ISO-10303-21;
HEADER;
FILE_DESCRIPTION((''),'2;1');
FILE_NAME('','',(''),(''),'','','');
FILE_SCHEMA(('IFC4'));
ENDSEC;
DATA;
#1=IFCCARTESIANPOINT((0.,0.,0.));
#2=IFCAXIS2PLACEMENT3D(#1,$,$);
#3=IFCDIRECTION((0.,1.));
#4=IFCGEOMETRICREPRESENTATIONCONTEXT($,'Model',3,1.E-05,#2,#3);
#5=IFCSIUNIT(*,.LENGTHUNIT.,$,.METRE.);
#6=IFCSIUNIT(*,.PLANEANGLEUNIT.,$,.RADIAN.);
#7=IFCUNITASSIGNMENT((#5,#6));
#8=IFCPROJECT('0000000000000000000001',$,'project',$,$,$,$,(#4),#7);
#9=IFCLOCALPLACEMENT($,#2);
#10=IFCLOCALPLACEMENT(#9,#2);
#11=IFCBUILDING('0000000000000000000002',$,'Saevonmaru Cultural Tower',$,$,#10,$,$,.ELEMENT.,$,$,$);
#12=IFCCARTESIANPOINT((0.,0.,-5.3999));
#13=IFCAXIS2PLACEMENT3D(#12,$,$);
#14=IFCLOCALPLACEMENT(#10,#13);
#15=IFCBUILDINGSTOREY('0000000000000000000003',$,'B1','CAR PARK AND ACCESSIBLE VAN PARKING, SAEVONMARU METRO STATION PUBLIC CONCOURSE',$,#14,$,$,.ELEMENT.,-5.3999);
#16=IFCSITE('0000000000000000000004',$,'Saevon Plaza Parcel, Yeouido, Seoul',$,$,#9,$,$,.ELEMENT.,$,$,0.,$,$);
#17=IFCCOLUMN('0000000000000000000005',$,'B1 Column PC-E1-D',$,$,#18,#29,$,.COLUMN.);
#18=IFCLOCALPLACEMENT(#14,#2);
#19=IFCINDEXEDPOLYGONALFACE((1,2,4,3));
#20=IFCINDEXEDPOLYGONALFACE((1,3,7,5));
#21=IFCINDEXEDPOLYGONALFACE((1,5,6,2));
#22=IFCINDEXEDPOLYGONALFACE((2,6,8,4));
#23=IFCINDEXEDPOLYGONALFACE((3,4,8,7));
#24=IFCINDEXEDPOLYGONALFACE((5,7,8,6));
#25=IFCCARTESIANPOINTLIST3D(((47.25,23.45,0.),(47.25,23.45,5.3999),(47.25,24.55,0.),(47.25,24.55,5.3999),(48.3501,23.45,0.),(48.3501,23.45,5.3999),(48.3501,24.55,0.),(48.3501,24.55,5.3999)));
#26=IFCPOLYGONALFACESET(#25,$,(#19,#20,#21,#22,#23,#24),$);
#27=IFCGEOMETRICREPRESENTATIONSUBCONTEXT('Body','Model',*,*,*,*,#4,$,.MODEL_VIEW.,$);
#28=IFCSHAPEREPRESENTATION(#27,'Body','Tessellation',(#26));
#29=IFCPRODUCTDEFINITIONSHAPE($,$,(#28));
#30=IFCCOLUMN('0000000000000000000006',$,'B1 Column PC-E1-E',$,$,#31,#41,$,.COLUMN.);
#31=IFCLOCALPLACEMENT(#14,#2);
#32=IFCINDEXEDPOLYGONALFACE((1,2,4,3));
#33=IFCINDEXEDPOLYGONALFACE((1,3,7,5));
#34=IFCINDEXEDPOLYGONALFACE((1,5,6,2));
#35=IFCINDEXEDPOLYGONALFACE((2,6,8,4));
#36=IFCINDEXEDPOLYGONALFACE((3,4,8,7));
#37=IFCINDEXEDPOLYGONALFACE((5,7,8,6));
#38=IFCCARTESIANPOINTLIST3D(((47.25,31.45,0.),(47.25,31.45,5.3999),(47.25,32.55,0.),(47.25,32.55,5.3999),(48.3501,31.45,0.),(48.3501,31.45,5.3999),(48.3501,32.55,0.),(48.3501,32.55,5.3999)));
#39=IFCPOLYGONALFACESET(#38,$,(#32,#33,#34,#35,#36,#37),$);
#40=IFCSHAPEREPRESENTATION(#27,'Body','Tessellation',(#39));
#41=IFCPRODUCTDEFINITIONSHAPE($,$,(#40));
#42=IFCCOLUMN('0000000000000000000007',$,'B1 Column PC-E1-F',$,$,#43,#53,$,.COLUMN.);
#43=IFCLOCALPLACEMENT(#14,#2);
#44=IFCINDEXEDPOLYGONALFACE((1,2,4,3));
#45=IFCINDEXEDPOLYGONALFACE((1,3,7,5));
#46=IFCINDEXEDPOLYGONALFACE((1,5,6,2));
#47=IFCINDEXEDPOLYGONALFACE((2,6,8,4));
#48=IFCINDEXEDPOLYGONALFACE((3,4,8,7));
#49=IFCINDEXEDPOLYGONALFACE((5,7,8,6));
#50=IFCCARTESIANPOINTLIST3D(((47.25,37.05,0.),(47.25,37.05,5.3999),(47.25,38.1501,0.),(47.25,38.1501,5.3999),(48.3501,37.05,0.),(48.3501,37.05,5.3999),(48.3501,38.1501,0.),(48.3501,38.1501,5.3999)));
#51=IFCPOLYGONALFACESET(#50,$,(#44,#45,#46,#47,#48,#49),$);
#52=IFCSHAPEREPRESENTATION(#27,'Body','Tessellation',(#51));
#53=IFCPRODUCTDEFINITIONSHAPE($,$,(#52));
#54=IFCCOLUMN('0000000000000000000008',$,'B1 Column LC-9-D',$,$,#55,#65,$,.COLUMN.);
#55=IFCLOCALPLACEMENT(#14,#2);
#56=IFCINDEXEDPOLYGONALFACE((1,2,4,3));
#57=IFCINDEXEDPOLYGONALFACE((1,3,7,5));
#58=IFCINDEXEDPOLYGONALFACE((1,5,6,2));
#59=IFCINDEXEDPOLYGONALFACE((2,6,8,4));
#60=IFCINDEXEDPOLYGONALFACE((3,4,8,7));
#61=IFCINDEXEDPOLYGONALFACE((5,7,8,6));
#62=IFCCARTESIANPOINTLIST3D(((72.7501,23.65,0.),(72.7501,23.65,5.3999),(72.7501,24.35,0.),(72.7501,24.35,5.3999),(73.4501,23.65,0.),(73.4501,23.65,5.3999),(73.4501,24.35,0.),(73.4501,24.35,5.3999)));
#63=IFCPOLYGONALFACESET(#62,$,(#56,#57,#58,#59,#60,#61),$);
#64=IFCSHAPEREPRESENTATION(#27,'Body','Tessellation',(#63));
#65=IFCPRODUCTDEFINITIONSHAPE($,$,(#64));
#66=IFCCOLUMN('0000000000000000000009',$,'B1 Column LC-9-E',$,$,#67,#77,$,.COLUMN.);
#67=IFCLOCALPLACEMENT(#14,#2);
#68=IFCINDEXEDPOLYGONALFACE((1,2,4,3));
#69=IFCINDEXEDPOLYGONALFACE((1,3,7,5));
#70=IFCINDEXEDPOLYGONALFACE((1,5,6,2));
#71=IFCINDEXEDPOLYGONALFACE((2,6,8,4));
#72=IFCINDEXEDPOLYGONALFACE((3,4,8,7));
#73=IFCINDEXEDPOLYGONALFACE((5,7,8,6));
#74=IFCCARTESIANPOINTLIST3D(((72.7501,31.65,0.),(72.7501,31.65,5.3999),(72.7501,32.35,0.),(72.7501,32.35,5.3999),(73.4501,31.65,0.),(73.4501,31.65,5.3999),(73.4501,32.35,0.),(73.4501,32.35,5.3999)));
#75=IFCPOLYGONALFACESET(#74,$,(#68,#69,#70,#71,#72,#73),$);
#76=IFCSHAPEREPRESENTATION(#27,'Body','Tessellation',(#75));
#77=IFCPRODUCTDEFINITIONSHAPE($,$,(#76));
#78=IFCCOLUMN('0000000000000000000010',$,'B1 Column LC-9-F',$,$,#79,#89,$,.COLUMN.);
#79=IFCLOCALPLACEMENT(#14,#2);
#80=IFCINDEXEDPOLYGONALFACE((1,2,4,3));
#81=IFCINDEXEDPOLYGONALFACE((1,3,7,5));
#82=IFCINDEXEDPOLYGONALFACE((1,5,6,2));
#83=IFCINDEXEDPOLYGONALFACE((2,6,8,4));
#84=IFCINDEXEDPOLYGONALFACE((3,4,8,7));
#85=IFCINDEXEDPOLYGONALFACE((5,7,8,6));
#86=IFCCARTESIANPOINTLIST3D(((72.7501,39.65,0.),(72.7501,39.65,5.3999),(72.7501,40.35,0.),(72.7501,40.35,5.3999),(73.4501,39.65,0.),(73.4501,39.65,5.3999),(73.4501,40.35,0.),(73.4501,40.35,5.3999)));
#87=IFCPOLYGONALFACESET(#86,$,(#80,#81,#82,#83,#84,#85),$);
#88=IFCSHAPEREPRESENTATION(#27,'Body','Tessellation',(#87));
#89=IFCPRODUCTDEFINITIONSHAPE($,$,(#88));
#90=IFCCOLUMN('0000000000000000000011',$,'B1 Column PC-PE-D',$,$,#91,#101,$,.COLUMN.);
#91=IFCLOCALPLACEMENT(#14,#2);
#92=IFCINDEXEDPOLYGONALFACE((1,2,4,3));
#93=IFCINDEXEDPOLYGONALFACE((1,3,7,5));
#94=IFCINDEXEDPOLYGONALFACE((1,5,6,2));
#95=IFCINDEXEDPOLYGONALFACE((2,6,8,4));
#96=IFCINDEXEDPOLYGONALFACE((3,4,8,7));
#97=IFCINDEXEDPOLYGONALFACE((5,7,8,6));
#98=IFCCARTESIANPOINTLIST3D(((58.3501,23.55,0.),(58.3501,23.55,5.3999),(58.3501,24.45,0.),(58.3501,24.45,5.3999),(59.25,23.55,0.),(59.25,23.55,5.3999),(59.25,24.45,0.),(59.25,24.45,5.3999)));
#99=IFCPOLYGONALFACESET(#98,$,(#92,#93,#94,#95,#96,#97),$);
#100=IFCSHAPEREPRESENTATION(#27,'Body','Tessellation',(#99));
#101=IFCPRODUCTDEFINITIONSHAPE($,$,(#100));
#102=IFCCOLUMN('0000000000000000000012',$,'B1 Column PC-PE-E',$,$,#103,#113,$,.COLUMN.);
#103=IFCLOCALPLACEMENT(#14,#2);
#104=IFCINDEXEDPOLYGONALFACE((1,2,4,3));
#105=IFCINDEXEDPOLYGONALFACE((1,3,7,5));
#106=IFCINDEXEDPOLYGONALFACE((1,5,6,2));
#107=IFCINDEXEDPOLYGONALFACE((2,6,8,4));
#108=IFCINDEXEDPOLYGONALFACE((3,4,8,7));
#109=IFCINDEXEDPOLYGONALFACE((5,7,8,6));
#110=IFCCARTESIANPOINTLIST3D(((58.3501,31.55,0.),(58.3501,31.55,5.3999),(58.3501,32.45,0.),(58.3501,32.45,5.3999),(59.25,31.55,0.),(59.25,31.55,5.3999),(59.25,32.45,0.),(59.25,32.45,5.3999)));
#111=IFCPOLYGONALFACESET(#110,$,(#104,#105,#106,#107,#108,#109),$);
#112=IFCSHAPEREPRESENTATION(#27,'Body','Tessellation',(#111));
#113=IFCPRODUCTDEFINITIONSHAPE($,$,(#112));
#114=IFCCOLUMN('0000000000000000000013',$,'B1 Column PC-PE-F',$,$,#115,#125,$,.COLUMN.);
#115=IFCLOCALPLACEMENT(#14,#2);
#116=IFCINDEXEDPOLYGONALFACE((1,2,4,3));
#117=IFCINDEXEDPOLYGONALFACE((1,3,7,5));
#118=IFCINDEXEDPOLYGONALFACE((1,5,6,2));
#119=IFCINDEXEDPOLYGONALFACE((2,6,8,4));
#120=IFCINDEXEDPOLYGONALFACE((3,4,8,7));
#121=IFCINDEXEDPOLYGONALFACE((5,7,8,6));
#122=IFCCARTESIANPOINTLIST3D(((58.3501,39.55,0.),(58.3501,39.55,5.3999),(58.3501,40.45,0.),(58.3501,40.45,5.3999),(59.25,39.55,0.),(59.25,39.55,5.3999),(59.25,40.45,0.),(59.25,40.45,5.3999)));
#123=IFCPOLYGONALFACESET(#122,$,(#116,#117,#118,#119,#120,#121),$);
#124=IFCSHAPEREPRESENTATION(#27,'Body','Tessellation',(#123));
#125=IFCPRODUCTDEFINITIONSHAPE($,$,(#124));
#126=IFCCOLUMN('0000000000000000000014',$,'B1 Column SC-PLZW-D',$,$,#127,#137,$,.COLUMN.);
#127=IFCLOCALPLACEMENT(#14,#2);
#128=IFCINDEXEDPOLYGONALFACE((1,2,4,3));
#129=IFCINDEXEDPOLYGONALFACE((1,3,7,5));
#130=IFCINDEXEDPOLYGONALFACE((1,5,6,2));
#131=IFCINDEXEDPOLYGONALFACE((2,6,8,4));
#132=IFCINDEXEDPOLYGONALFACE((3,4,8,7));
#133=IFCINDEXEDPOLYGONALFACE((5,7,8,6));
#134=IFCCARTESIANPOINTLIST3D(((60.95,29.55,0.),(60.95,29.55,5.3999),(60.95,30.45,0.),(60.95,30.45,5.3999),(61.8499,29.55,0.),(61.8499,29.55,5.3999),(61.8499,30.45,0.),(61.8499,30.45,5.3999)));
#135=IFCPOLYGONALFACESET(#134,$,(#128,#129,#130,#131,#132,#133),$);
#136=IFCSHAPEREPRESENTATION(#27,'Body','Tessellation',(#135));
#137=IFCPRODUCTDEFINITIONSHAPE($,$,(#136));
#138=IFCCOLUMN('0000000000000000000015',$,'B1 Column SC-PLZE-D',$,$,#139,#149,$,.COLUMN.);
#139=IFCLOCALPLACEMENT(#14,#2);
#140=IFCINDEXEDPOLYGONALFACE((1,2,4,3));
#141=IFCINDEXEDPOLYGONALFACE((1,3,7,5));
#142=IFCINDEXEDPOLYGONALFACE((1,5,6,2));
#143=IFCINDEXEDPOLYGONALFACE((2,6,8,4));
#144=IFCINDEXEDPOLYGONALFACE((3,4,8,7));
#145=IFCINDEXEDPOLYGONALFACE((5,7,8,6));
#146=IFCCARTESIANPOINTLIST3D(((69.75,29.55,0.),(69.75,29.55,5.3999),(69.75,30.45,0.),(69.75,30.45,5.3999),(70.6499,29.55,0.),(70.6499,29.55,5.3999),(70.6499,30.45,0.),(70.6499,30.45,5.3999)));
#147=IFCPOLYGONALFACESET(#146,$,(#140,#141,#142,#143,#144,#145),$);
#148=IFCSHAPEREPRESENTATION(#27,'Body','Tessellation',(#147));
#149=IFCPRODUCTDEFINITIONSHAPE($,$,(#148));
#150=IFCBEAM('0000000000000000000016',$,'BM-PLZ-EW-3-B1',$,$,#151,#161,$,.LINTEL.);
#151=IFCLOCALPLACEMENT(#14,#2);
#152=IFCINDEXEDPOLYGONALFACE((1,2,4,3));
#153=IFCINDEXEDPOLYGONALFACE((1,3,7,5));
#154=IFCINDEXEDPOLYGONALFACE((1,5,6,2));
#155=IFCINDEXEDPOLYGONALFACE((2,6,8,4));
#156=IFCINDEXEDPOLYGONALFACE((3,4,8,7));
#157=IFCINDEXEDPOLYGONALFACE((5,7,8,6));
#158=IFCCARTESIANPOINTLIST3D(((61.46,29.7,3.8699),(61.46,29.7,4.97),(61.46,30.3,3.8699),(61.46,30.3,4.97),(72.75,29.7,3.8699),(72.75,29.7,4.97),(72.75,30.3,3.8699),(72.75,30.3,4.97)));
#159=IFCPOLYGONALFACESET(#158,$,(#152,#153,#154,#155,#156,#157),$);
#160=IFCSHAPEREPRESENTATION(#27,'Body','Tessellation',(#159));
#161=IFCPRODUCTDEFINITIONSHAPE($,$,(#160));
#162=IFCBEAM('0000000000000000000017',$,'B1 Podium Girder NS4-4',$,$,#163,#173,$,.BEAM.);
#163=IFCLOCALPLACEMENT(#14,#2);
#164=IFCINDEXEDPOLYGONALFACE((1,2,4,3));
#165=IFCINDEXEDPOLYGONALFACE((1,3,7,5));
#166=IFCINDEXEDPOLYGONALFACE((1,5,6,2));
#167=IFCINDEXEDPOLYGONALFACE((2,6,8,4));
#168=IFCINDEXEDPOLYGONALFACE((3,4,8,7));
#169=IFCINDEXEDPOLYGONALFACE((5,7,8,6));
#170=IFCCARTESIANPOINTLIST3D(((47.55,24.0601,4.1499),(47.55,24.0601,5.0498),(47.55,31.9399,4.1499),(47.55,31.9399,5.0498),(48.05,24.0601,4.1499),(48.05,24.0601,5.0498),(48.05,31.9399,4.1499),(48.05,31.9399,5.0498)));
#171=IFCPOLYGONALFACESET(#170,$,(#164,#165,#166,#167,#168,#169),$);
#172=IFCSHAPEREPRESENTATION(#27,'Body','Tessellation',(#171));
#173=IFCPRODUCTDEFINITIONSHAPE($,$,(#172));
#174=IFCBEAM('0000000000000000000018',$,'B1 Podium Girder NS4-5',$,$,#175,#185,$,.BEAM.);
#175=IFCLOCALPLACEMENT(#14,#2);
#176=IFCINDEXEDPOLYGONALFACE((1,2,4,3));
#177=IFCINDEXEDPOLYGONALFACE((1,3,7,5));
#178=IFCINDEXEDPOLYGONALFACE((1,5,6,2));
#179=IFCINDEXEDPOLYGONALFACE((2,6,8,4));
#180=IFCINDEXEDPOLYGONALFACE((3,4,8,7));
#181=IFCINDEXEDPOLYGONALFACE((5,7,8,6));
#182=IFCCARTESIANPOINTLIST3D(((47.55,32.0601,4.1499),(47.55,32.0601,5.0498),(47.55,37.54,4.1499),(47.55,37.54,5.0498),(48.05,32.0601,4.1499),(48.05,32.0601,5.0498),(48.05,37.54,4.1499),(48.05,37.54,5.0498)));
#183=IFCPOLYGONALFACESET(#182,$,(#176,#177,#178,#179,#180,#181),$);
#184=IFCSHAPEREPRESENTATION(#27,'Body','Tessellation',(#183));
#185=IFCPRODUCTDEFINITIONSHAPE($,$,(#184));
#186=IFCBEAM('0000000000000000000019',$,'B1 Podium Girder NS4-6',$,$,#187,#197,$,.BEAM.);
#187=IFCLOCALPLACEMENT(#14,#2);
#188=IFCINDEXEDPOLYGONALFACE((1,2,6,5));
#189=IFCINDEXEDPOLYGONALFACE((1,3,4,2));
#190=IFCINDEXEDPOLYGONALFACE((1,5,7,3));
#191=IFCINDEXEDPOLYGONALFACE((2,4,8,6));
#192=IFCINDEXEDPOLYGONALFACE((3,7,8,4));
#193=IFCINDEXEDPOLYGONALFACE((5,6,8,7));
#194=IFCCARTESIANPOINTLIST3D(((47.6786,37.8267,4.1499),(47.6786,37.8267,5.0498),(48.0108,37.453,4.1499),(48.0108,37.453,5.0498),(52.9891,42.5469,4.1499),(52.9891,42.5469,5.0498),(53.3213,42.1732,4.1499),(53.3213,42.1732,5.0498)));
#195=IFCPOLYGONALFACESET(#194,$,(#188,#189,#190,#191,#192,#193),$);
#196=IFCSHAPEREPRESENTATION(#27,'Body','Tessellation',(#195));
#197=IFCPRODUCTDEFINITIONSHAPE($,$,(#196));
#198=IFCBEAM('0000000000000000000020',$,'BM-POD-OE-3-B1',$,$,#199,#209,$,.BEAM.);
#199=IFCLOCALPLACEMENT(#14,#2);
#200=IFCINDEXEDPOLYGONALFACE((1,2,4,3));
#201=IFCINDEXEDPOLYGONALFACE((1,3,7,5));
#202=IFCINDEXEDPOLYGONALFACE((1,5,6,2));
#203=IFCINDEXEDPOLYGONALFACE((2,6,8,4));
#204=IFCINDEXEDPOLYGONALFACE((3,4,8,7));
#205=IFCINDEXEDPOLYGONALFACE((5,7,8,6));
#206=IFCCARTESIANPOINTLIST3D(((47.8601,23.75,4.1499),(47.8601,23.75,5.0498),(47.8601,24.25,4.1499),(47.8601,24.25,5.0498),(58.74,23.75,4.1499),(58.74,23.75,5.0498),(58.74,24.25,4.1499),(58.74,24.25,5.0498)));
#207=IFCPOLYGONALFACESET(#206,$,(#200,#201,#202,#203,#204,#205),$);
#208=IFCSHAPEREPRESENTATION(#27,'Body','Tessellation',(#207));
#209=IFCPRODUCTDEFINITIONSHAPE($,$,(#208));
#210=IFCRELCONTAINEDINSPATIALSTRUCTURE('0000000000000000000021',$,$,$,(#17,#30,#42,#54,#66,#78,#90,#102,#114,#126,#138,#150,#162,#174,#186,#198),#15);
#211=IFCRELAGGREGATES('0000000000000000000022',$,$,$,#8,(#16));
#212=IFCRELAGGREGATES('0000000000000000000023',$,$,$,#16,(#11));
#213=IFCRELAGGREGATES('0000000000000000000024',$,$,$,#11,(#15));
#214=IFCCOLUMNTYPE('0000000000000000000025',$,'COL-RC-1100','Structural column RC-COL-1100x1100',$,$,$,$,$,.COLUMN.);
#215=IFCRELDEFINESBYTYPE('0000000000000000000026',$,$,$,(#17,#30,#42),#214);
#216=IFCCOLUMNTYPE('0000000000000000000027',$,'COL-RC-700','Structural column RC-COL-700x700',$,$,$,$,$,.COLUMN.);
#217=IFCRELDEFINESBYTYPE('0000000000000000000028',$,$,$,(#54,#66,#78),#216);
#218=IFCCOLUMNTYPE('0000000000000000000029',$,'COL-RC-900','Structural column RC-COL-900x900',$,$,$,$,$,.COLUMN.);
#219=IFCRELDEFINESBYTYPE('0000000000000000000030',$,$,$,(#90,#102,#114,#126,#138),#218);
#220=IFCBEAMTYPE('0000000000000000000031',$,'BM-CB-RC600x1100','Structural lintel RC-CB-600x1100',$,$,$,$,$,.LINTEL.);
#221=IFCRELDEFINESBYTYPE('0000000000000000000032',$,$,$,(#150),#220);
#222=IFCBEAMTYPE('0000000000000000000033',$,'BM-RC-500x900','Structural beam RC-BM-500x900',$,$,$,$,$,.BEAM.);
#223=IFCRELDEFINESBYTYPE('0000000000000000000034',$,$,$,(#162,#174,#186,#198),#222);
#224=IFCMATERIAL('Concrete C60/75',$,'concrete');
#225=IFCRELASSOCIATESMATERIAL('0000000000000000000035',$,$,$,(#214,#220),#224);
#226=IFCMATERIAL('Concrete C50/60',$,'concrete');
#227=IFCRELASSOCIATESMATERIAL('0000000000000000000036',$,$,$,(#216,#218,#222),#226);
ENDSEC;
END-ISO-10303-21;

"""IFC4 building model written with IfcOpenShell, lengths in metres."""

from ifc_helpers import new_model, si_unit, direction, frame, origin, origin_2d, place, context, subcontext, project, spatial, rectangle, extrude, material, material_profile, profile_set, type_object, element, save


model = new_model("IFC4")

# Units and contexts
model_context = context("Model", 3, precision=1e-05, world=origin(), true_north=direction((0.0, 1.0)))
body_context = subcontext(model_context, "Body", "Model", "MODEL_VIEW")
ifc_project = project(units=[si_unit("LENGTHUNIT", "METRE"), si_unit("PLANEANGLEUNIT", "RADIAN")], contexts=[model_context])

# Site, building, storey
site_placement = place(None, origin())
site = spatial("IfcSite", under=ifc_project, at=site_placement, Name="Saevon Plaza Parcel, Yeouido, Seoul", CompositionType="ELEMENT", RefElevation=0.0)
building_placement = place(site_placement, origin())
building = spatial("IfcBuilding", under=site, at=building_placement, Name="Saevonmaru Cultural Tower", CompositionType="ELEMENT")
storey_placement = place(building_placement, frame((0.0, 0.0, -5.3999)))
storey = spatial("IfcBuildingStorey", under=building, at=storey_placement, Name="B1", Description="CAR PARK AND ACCESSIBLE VAN PARKING, SAEVONMARU METRO STATION PUBLIC CONCOURSE", CompositionType="ELEMENT", Elevation=-5.3999)

# Columns
ifc_material_1 = material(Name="Concrete C60/75", Category="concrete")
ifc_material_profile_1 = material_profile(ifc_material_1, rectangle(XDim=1.1001, YDim=1.1001, at=origin_2d()), Name="RC-COL-1100x1100")
ifc_profile_set_1 = profile_set([ifc_material_profile_1], Name="Concrete C60/75")
column_type_1 = type_object("IfcColumnType", Name="COL-RC-1100", Description="Structural column RC-COL-1100x1100", PredefinedType="COLUMN", material=ifc_profile_set_1)
for number, where, z_axis, x_axis, name in (
    (1, (47.8, 24.0, 0.0), (0.0, 0.0, 1.0), (1.0, 0.0, 0.0), "B1 Column PC-E1-D"),
    (2, (47.8, 32.0, 0.0), (0.0, 0.0, 1.0), (1.0, 0.0, 0.0), "B1 Column PC-E1-E"),
    (3, (47.8, 37.6001, 0.0), (0.0, 0.0, 1.0), (1.0, 0.0, 0.0), "B1 Column PC-E1-F"),
):
    element("IfcColumn", number, at=place(storey_placement, frame(where, z_axis=z_axis, x_axis=x_axis)), inside=storey, type_object=column_type_1, Name=name, PredefinedType="COLUMN", context=body_context, shape_type="SweptSolid", body=[
        extrude(rectangle(XDim=1.1001, YDim=1.1001, at=origin_2d()), origin(), (0.0, 0.0, 1.0), 5.3999),
    ])
ifc_material_2 = material(Name="Concrete C50/60", Category="concrete")
ifc_material_profile_2 = material_profile(ifc_material_2, rectangle(XDim=0.7, YDim=0.7, at=origin_2d()), Name="RC-COL-700x700")
ifc_profile_set_2 = profile_set([ifc_material_profile_2], Name="Concrete C50/60")
column_type_2 = type_object("IfcColumnType", Name="COL-RC-700", Description="Structural column RC-COL-700x700", PredefinedType="COLUMN", material=ifc_profile_set_2)
for number, where, z_axis, x_axis, name in (
    (4, (73.1001, 24.0, 0.0), (0.0, 0.0, 1.0), (1.0, 0.0, 0.0), "B1 Column LC-9-D"),
    (5, (73.1001, 32.0, 0.0), (0.0, 0.0, 1.0), (1.0, 0.0, 0.0), "B1 Column LC-9-E"),
    (6, (73.1001, 40.0, 0.0), (0.0, 0.0, 1.0), (1.0, 0.0, 0.0), "B1 Column LC-9-F"),
):
    element("IfcColumn", number, at=place(storey_placement, frame(where, z_axis=z_axis, x_axis=x_axis)), inside=storey, type_object=column_type_2, Name=name, PredefinedType="COLUMN", context=body_context, shape_type="SweptSolid", body=[
        extrude(rectangle(XDim=0.7, YDim=0.7, at=origin_2d()), origin(), (0.0, 0.0, 1.0), 5.3999),
    ])
ifc_material_profile_3 = material_profile(ifc_material_2, rectangle(XDim=0.8999, YDim=0.8999, at=origin_2d()), Name="RC-COL-900x900")
ifc_profile_set_3 = profile_set([ifc_material_profile_3], Name="Concrete C50/60")
column_type_3 = type_object("IfcColumnType", Name="COL-RC-900", Description="Structural column RC-COL-900x900", PredefinedType="COLUMN", material=ifc_profile_set_3)
for number, where, z_axis, x_axis, name in (
    (7, (58.8, 24.0, 0.0), (0.0, 0.0, 1.0), (1.0, 0.0, 0.0), "B1 Column PC-PE-D"),
    (8, (58.8, 32.0, 0.0), (0.0, 0.0, 1.0), (1.0, 0.0, 0.0), "B1 Column PC-PE-E"),
    (9, (58.8, 40.0, 0.0), (0.0, 0.0, 1.0), (1.0, 0.0, 0.0), "B1 Column PC-PE-F"),
    (10, (61.3999, 30.0, 0.0), (0.0, 0.0, 1.0), (1.0, 0.0, 0.0), "B1 Column SC-PLZW-D"),
    (11, (70.2, 30.0, 0.0), (0.0, 0.0, 1.0), (1.0, 0.0, 0.0), "B1 Column SC-PLZE-D"),
):
    element("IfcColumn", number, at=place(storey_placement, frame(where, z_axis=z_axis, x_axis=x_axis)), inside=storey, type_object=column_type_3, Name=name, PredefinedType="COLUMN", context=body_context, shape_type="SweptSolid", body=[
        extrude(rectangle(XDim=0.8999, YDim=0.8999, at=origin_2d()), origin(), (0.0, 0.0, 1.0), 5.3999),
    ])

# Beams
ifc_material_profile_4 = material_profile(ifc_material_1, rectangle(XDim=0.6001, YDim=1.1001, at=origin_2d()), Name="RC-CB-600x1100")
ifc_profile_set_4 = profile_set([ifc_material_profile_4], Name="Concrete C60/75")
beam_type_1 = type_object("IfcBeamType", Name="BM-CB-RC600x1100", Description="Structural lintel RC-CB-600x1100", PredefinedType="LINTEL", material=ifc_profile_set_4)
beam_1_placement = place(storey_placement, frame((61.46, 30.0, 4.4199), z_axis=(1.0, 0.0, 0.0), x_axis=(0.0, 1.0, 0.0)))
element("IfcBeam", 12, at=beam_1_placement, inside=storey, type_object=beam_type_1, Name="BM-PLZ-EW-3-B1", PredefinedType="LINTEL", context=body_context, shape_type="SweptSolid", body=[
    extrude(rectangle(XDim=0.6001, YDim=1.1001, at=origin_2d()), origin(), (0.0, 0.0, 1.0), 11.29),
])
ifc_material_profile_5 = material_profile(ifc_material_2, rectangle(XDim=0.5, YDim=0.8999, at=origin_2d()), Name="RC-BM-500x900")
ifc_profile_set_5 = profile_set([ifc_material_profile_5], Name="Concrete C50/60")
beam_type_2 = type_object("IfcBeamType", Name="BM-RC-500x900", Description="Structural beam RC-BM-500x900", PredefinedType="BEAM", material=ifc_profile_set_5)
beam_2_placement = place(storey_placement, frame((47.8, 24.0601, 4.5999), z_axis=(0.0, 1.0, 0.0), x_axis=(-1.0, 0.0, 0.0)))
element("IfcBeam", 13, at=beam_2_placement, inside=storey, type_object=beam_type_2, Name="B1 Podium Girder NS4-4", PredefinedType="BEAM", context=body_context, shape_type="SweptSolid", body=[
    extrude(rectangle(XDim=0.5, YDim=0.8999, at=origin_2d()), origin(), (0.0, 0.0, 1.0), 7.8799),
])
beam_3_placement = place(storey_placement, frame((47.8, 32.0601, 4.5999), z_axis=(0.0, 1.0, 0.0), x_axis=(-1.0, 0.0, 0.0)))
element("IfcBeam", 14, at=beam_3_placement, inside=storey, type_object=beam_type_2, Name="B1 Podium Girder NS4-5", PredefinedType="BEAM", context=body_context, shape_type="SweptSolid", body=[
    extrude(rectangle(XDim=0.5, YDim=0.8999, at=origin_2d()), origin(), (0.0, 0.0, 1.0), 5.48),
])
beam_4_placement = place(storey_placement, frame((47.8447, 37.6399, 4.5999), z_axis=(0.747428, 0.664343, 0.0), x_axis=(-0.664343, 0.747428, 0.0)))
element("IfcBeam", 15, at=beam_4_placement, inside=storey, type_object=beam_type_2, Name="B1 Podium Girder NS4-6", PredefinedType="BEAM", context=body_context, shape_type="SweptSolid", body=[
    extrude(rectangle(XDim=0.5, YDim=0.8999, at=origin_2d()), origin(), (0.0, 0.0, 1.0), 7.105),
])
for number, where, z_axis, x_axis, name in (
    (16, (47.8601, 24.0, 4.5999), (1.0, 0.0, 0.0), (0.0, 1.0, 0.0), "BM-POD-OE-3-B1"),
):
    element("IfcBeam", number, at=place(storey_placement, frame(where, z_axis=z_axis, x_axis=x_axis)), inside=storey, type_object=beam_type_2, Name=name, PredefinedType="BEAM", context=body_context, shape_type="SweptSolid", body=[
        extrude(rectangle(XDim=0.5, YDim=0.8999, at=origin_2d()), origin(), (0.0, 0.0, 1.0), 10.8799),
    ])

save(model, "model.ifc")
